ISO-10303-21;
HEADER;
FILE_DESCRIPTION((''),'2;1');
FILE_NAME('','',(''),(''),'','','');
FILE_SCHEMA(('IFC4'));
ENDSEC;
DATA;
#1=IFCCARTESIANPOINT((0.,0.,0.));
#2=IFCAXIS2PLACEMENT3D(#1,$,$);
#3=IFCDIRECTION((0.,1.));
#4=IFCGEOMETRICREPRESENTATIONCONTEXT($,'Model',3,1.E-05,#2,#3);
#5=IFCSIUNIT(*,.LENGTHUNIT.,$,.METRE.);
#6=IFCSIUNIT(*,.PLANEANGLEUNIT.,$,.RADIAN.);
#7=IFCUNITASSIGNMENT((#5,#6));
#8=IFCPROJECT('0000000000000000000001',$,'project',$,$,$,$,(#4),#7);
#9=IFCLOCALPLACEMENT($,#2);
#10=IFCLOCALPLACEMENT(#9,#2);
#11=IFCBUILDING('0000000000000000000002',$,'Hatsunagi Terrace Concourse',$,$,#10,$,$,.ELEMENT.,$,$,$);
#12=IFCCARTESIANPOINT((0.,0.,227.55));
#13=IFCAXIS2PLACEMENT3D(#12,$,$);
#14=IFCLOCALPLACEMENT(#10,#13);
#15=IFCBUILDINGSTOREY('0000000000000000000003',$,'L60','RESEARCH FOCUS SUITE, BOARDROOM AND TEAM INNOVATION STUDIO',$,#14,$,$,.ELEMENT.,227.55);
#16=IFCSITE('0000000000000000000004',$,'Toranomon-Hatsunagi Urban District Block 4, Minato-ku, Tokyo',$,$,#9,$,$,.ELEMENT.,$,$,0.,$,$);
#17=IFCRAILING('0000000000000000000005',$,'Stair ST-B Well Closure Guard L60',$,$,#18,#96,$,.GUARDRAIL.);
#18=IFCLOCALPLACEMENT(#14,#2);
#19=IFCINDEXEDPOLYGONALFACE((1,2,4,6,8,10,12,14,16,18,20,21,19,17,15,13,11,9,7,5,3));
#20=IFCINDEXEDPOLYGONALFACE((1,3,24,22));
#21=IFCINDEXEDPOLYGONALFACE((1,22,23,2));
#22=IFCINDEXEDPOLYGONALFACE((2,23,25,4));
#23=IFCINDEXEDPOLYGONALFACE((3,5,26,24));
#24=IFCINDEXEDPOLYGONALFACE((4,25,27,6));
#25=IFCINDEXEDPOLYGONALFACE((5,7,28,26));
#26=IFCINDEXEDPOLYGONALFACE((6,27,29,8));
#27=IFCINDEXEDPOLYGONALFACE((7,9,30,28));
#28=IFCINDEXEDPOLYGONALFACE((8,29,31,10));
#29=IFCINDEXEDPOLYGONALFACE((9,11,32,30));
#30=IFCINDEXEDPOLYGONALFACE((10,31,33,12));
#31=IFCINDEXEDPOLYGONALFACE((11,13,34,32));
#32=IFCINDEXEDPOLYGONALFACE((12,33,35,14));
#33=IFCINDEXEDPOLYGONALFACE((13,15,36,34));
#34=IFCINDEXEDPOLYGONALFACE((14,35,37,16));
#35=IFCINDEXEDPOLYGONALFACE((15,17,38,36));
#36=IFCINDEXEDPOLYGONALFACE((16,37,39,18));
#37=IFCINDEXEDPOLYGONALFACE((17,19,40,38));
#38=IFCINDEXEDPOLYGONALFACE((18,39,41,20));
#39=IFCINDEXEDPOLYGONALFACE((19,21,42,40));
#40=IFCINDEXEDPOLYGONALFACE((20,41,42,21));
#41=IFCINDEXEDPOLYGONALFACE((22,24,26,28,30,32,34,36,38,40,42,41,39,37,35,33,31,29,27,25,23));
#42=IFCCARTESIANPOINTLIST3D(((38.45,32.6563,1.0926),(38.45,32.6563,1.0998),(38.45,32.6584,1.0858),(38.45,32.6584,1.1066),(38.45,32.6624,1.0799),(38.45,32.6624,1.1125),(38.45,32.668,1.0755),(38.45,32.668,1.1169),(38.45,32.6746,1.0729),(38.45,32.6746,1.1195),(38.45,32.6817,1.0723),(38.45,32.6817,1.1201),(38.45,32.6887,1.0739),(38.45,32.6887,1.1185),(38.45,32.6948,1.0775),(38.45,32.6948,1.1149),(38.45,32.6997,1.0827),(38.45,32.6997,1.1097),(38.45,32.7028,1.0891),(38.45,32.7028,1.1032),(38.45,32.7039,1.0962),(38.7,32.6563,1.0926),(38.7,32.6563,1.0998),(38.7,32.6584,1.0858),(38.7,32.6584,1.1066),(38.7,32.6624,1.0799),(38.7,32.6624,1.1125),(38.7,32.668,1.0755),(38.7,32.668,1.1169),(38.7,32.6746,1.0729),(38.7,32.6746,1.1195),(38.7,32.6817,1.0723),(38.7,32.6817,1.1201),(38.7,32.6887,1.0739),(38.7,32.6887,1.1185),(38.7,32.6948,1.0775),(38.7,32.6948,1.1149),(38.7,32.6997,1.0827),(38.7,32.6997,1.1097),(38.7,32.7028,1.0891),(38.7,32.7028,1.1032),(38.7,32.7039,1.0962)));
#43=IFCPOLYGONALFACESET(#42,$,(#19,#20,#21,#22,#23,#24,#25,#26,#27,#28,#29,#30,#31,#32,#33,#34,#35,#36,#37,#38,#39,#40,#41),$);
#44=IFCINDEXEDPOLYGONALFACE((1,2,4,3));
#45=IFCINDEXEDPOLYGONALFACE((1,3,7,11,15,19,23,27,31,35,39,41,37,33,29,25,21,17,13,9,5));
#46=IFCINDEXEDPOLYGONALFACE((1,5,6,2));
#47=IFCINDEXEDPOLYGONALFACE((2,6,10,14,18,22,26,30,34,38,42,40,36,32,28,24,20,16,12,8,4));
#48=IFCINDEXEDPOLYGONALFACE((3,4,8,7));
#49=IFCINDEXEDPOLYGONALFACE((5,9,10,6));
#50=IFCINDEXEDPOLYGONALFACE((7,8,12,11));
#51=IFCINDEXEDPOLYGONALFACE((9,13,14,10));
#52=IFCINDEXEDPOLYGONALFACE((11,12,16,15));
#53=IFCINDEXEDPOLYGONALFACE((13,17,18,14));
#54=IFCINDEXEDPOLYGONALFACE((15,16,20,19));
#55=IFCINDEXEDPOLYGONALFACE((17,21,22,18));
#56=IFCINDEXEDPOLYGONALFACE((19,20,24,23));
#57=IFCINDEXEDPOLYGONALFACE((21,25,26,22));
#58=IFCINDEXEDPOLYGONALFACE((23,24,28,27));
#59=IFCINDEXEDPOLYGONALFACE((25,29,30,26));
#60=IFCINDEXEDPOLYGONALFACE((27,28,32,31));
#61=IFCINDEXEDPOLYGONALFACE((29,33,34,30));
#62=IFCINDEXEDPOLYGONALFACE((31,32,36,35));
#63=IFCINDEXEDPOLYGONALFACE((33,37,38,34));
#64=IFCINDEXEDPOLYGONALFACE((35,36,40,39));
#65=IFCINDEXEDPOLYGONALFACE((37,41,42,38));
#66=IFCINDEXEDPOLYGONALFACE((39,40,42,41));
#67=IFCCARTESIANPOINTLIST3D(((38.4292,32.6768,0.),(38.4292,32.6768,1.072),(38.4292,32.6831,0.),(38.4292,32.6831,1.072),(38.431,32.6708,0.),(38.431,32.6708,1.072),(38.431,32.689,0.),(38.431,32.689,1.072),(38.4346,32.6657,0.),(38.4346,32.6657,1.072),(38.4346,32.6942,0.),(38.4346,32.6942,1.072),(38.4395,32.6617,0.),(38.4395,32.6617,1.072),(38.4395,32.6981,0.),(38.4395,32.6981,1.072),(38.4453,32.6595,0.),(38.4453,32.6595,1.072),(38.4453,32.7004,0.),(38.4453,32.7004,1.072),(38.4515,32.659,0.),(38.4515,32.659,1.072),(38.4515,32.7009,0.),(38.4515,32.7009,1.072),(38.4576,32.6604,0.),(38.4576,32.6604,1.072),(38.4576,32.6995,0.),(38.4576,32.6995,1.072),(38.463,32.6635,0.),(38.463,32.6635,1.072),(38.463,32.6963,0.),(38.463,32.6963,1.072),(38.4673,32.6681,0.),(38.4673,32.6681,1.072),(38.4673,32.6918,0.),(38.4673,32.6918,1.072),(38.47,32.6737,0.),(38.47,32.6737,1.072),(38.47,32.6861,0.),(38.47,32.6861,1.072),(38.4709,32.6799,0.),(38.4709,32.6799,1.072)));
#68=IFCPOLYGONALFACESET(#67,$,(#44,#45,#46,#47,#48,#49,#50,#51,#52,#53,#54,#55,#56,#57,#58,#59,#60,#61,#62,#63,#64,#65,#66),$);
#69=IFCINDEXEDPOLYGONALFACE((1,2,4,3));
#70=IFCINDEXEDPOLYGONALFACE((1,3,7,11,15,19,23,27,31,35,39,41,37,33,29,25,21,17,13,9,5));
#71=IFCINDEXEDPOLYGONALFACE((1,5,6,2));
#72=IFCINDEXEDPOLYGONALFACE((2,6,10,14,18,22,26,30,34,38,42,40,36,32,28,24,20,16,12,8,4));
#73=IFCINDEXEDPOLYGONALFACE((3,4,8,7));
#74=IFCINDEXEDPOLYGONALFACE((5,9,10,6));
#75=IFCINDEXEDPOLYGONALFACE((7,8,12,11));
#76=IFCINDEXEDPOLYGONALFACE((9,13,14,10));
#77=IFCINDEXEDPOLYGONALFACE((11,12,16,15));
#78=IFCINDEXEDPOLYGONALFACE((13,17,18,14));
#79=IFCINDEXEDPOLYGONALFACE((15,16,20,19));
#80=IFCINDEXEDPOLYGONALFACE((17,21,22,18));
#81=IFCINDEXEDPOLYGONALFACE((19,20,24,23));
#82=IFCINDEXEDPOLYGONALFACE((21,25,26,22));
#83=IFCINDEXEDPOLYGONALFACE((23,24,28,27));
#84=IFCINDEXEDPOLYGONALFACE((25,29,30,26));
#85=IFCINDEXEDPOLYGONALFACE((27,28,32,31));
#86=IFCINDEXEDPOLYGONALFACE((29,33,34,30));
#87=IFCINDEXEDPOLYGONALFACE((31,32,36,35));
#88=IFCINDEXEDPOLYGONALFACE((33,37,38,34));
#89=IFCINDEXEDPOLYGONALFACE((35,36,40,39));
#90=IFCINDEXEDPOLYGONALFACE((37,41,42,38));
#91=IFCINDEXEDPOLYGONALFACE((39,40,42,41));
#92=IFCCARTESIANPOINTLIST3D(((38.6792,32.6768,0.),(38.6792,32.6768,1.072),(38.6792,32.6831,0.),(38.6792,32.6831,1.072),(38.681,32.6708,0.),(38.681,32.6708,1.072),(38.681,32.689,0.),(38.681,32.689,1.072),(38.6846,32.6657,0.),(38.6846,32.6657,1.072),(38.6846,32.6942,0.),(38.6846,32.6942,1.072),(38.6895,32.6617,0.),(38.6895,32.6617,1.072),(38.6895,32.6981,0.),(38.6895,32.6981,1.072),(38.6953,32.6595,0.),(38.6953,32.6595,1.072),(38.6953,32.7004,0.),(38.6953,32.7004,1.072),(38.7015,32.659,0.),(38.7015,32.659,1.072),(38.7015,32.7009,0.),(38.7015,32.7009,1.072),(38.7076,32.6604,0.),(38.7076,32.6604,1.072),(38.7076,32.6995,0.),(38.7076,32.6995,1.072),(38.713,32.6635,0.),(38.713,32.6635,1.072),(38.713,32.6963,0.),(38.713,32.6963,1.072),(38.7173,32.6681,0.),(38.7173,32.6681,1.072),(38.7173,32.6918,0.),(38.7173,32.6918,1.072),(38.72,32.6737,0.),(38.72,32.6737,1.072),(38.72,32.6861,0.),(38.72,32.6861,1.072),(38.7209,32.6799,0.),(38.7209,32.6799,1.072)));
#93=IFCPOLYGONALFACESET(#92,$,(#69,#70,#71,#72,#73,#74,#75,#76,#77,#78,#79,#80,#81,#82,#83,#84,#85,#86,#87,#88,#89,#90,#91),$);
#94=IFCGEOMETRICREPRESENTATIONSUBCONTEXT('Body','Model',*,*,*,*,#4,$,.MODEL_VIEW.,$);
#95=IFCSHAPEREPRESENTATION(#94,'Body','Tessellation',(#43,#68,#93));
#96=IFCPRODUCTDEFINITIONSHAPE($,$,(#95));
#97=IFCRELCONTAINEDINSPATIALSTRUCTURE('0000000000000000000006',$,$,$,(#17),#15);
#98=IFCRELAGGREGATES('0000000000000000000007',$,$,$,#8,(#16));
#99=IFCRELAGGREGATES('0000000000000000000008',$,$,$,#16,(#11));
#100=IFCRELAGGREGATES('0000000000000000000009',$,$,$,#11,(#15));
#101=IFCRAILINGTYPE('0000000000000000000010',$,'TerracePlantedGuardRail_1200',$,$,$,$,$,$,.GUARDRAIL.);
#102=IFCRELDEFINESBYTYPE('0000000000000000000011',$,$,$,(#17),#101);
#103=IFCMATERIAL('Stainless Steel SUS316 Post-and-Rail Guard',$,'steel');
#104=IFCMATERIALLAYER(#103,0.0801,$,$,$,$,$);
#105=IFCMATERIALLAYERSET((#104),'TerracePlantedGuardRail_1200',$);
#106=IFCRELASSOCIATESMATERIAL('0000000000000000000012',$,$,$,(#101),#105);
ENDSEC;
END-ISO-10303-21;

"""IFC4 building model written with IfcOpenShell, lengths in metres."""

from ifc_helpers import new_model, si_unit, direction, frame, origin, origin_2d, place, context, subcontext, project, spatial, circle, extrude, material, layer, layer_set, type_object, element, save


model = new_model("IFC4")

# Units and contexts
model_context = context("Model", 3, precision=1e-05, world=origin(), true_north=direction((0.0, 1.0)))
body_context = subcontext(model_context, "Body", "Model", "MODEL_VIEW")
ifc_project = project(units=[si_unit("LENGTHUNIT", "METRE"), si_unit("PLANEANGLEUNIT", "RADIAN")], contexts=[model_context])

# Site, building, storey
site_placement = place(None, origin())
site = spatial("IfcSite", under=ifc_project, at=site_placement, Name="Toranomon-Hatsunagi Urban District Block 4, Minato-ku, Tokyo", CompositionType="ELEMENT", RefElevation=0.0)
building_placement = place(site_placement, origin())
building = spatial("IfcBuilding", under=site, at=building_placement, Name="Hatsunagi Terrace Concourse", CompositionType="ELEMENT")
storey_placement = place(building_placement, frame((0.0, 0.0, 227.55)))
storey = spatial("IfcBuildingStorey", under=building, at=storey_placement, Name="L60", Description="RESEARCH FOCUS SUITE, BOARDROOM AND TEAM INNOVATION STUDIO", CompositionType="ELEMENT", Elevation=227.55)

# Railing
ifc_material_1 = material(Name="Stainless Steel SUS316 Post-and-Rail Guard", Category="steel")
ifc_layer_1 = layer(ifc_material_1, 0.0801)
ifc_layer_set_1 = layer_set([ifc_layer_1], Name="TerracePlantedGuardRail_1200")
railing_type_1 = type_object("IfcRailingType", Name="TerracePlantedGuardRail_1200", PredefinedType="GUARDRAIL", material=ifc_layer_set_1)
railing_1_placement = place(storey_placement, frame((38.45, 32.6799, 0.0)))
element("IfcRailing", 1, at=railing_1_placement, inside=storey, type_object=railing_type_1, Name="Stair ST-B Well Closure Guard L60", PredefinedType="GUARDRAIL", context=body_context, shape_type="SweptSolid", body=[
    extrude(circle(Radius=0.0239, at=origin_2d()), frame((0.0, 0.0, 1.0962), z_axis=(1.0, 0.0, 0.0), x_axis=(0.0, 1.0, 0.0)), (0.0, 0.0, 1.0), 0.25),
    extrude(circle(Radius=0.021, at=origin_2d()), origin(), (0.0, 0.0, 1.0), 1.072),
    extrude(circle(Radius=0.021, at=origin_2d()), frame((0.25, 0.0, 0.0)), (0.0, 0.0, 1.0), 1.072),
])

save(model, "model.ifc")
